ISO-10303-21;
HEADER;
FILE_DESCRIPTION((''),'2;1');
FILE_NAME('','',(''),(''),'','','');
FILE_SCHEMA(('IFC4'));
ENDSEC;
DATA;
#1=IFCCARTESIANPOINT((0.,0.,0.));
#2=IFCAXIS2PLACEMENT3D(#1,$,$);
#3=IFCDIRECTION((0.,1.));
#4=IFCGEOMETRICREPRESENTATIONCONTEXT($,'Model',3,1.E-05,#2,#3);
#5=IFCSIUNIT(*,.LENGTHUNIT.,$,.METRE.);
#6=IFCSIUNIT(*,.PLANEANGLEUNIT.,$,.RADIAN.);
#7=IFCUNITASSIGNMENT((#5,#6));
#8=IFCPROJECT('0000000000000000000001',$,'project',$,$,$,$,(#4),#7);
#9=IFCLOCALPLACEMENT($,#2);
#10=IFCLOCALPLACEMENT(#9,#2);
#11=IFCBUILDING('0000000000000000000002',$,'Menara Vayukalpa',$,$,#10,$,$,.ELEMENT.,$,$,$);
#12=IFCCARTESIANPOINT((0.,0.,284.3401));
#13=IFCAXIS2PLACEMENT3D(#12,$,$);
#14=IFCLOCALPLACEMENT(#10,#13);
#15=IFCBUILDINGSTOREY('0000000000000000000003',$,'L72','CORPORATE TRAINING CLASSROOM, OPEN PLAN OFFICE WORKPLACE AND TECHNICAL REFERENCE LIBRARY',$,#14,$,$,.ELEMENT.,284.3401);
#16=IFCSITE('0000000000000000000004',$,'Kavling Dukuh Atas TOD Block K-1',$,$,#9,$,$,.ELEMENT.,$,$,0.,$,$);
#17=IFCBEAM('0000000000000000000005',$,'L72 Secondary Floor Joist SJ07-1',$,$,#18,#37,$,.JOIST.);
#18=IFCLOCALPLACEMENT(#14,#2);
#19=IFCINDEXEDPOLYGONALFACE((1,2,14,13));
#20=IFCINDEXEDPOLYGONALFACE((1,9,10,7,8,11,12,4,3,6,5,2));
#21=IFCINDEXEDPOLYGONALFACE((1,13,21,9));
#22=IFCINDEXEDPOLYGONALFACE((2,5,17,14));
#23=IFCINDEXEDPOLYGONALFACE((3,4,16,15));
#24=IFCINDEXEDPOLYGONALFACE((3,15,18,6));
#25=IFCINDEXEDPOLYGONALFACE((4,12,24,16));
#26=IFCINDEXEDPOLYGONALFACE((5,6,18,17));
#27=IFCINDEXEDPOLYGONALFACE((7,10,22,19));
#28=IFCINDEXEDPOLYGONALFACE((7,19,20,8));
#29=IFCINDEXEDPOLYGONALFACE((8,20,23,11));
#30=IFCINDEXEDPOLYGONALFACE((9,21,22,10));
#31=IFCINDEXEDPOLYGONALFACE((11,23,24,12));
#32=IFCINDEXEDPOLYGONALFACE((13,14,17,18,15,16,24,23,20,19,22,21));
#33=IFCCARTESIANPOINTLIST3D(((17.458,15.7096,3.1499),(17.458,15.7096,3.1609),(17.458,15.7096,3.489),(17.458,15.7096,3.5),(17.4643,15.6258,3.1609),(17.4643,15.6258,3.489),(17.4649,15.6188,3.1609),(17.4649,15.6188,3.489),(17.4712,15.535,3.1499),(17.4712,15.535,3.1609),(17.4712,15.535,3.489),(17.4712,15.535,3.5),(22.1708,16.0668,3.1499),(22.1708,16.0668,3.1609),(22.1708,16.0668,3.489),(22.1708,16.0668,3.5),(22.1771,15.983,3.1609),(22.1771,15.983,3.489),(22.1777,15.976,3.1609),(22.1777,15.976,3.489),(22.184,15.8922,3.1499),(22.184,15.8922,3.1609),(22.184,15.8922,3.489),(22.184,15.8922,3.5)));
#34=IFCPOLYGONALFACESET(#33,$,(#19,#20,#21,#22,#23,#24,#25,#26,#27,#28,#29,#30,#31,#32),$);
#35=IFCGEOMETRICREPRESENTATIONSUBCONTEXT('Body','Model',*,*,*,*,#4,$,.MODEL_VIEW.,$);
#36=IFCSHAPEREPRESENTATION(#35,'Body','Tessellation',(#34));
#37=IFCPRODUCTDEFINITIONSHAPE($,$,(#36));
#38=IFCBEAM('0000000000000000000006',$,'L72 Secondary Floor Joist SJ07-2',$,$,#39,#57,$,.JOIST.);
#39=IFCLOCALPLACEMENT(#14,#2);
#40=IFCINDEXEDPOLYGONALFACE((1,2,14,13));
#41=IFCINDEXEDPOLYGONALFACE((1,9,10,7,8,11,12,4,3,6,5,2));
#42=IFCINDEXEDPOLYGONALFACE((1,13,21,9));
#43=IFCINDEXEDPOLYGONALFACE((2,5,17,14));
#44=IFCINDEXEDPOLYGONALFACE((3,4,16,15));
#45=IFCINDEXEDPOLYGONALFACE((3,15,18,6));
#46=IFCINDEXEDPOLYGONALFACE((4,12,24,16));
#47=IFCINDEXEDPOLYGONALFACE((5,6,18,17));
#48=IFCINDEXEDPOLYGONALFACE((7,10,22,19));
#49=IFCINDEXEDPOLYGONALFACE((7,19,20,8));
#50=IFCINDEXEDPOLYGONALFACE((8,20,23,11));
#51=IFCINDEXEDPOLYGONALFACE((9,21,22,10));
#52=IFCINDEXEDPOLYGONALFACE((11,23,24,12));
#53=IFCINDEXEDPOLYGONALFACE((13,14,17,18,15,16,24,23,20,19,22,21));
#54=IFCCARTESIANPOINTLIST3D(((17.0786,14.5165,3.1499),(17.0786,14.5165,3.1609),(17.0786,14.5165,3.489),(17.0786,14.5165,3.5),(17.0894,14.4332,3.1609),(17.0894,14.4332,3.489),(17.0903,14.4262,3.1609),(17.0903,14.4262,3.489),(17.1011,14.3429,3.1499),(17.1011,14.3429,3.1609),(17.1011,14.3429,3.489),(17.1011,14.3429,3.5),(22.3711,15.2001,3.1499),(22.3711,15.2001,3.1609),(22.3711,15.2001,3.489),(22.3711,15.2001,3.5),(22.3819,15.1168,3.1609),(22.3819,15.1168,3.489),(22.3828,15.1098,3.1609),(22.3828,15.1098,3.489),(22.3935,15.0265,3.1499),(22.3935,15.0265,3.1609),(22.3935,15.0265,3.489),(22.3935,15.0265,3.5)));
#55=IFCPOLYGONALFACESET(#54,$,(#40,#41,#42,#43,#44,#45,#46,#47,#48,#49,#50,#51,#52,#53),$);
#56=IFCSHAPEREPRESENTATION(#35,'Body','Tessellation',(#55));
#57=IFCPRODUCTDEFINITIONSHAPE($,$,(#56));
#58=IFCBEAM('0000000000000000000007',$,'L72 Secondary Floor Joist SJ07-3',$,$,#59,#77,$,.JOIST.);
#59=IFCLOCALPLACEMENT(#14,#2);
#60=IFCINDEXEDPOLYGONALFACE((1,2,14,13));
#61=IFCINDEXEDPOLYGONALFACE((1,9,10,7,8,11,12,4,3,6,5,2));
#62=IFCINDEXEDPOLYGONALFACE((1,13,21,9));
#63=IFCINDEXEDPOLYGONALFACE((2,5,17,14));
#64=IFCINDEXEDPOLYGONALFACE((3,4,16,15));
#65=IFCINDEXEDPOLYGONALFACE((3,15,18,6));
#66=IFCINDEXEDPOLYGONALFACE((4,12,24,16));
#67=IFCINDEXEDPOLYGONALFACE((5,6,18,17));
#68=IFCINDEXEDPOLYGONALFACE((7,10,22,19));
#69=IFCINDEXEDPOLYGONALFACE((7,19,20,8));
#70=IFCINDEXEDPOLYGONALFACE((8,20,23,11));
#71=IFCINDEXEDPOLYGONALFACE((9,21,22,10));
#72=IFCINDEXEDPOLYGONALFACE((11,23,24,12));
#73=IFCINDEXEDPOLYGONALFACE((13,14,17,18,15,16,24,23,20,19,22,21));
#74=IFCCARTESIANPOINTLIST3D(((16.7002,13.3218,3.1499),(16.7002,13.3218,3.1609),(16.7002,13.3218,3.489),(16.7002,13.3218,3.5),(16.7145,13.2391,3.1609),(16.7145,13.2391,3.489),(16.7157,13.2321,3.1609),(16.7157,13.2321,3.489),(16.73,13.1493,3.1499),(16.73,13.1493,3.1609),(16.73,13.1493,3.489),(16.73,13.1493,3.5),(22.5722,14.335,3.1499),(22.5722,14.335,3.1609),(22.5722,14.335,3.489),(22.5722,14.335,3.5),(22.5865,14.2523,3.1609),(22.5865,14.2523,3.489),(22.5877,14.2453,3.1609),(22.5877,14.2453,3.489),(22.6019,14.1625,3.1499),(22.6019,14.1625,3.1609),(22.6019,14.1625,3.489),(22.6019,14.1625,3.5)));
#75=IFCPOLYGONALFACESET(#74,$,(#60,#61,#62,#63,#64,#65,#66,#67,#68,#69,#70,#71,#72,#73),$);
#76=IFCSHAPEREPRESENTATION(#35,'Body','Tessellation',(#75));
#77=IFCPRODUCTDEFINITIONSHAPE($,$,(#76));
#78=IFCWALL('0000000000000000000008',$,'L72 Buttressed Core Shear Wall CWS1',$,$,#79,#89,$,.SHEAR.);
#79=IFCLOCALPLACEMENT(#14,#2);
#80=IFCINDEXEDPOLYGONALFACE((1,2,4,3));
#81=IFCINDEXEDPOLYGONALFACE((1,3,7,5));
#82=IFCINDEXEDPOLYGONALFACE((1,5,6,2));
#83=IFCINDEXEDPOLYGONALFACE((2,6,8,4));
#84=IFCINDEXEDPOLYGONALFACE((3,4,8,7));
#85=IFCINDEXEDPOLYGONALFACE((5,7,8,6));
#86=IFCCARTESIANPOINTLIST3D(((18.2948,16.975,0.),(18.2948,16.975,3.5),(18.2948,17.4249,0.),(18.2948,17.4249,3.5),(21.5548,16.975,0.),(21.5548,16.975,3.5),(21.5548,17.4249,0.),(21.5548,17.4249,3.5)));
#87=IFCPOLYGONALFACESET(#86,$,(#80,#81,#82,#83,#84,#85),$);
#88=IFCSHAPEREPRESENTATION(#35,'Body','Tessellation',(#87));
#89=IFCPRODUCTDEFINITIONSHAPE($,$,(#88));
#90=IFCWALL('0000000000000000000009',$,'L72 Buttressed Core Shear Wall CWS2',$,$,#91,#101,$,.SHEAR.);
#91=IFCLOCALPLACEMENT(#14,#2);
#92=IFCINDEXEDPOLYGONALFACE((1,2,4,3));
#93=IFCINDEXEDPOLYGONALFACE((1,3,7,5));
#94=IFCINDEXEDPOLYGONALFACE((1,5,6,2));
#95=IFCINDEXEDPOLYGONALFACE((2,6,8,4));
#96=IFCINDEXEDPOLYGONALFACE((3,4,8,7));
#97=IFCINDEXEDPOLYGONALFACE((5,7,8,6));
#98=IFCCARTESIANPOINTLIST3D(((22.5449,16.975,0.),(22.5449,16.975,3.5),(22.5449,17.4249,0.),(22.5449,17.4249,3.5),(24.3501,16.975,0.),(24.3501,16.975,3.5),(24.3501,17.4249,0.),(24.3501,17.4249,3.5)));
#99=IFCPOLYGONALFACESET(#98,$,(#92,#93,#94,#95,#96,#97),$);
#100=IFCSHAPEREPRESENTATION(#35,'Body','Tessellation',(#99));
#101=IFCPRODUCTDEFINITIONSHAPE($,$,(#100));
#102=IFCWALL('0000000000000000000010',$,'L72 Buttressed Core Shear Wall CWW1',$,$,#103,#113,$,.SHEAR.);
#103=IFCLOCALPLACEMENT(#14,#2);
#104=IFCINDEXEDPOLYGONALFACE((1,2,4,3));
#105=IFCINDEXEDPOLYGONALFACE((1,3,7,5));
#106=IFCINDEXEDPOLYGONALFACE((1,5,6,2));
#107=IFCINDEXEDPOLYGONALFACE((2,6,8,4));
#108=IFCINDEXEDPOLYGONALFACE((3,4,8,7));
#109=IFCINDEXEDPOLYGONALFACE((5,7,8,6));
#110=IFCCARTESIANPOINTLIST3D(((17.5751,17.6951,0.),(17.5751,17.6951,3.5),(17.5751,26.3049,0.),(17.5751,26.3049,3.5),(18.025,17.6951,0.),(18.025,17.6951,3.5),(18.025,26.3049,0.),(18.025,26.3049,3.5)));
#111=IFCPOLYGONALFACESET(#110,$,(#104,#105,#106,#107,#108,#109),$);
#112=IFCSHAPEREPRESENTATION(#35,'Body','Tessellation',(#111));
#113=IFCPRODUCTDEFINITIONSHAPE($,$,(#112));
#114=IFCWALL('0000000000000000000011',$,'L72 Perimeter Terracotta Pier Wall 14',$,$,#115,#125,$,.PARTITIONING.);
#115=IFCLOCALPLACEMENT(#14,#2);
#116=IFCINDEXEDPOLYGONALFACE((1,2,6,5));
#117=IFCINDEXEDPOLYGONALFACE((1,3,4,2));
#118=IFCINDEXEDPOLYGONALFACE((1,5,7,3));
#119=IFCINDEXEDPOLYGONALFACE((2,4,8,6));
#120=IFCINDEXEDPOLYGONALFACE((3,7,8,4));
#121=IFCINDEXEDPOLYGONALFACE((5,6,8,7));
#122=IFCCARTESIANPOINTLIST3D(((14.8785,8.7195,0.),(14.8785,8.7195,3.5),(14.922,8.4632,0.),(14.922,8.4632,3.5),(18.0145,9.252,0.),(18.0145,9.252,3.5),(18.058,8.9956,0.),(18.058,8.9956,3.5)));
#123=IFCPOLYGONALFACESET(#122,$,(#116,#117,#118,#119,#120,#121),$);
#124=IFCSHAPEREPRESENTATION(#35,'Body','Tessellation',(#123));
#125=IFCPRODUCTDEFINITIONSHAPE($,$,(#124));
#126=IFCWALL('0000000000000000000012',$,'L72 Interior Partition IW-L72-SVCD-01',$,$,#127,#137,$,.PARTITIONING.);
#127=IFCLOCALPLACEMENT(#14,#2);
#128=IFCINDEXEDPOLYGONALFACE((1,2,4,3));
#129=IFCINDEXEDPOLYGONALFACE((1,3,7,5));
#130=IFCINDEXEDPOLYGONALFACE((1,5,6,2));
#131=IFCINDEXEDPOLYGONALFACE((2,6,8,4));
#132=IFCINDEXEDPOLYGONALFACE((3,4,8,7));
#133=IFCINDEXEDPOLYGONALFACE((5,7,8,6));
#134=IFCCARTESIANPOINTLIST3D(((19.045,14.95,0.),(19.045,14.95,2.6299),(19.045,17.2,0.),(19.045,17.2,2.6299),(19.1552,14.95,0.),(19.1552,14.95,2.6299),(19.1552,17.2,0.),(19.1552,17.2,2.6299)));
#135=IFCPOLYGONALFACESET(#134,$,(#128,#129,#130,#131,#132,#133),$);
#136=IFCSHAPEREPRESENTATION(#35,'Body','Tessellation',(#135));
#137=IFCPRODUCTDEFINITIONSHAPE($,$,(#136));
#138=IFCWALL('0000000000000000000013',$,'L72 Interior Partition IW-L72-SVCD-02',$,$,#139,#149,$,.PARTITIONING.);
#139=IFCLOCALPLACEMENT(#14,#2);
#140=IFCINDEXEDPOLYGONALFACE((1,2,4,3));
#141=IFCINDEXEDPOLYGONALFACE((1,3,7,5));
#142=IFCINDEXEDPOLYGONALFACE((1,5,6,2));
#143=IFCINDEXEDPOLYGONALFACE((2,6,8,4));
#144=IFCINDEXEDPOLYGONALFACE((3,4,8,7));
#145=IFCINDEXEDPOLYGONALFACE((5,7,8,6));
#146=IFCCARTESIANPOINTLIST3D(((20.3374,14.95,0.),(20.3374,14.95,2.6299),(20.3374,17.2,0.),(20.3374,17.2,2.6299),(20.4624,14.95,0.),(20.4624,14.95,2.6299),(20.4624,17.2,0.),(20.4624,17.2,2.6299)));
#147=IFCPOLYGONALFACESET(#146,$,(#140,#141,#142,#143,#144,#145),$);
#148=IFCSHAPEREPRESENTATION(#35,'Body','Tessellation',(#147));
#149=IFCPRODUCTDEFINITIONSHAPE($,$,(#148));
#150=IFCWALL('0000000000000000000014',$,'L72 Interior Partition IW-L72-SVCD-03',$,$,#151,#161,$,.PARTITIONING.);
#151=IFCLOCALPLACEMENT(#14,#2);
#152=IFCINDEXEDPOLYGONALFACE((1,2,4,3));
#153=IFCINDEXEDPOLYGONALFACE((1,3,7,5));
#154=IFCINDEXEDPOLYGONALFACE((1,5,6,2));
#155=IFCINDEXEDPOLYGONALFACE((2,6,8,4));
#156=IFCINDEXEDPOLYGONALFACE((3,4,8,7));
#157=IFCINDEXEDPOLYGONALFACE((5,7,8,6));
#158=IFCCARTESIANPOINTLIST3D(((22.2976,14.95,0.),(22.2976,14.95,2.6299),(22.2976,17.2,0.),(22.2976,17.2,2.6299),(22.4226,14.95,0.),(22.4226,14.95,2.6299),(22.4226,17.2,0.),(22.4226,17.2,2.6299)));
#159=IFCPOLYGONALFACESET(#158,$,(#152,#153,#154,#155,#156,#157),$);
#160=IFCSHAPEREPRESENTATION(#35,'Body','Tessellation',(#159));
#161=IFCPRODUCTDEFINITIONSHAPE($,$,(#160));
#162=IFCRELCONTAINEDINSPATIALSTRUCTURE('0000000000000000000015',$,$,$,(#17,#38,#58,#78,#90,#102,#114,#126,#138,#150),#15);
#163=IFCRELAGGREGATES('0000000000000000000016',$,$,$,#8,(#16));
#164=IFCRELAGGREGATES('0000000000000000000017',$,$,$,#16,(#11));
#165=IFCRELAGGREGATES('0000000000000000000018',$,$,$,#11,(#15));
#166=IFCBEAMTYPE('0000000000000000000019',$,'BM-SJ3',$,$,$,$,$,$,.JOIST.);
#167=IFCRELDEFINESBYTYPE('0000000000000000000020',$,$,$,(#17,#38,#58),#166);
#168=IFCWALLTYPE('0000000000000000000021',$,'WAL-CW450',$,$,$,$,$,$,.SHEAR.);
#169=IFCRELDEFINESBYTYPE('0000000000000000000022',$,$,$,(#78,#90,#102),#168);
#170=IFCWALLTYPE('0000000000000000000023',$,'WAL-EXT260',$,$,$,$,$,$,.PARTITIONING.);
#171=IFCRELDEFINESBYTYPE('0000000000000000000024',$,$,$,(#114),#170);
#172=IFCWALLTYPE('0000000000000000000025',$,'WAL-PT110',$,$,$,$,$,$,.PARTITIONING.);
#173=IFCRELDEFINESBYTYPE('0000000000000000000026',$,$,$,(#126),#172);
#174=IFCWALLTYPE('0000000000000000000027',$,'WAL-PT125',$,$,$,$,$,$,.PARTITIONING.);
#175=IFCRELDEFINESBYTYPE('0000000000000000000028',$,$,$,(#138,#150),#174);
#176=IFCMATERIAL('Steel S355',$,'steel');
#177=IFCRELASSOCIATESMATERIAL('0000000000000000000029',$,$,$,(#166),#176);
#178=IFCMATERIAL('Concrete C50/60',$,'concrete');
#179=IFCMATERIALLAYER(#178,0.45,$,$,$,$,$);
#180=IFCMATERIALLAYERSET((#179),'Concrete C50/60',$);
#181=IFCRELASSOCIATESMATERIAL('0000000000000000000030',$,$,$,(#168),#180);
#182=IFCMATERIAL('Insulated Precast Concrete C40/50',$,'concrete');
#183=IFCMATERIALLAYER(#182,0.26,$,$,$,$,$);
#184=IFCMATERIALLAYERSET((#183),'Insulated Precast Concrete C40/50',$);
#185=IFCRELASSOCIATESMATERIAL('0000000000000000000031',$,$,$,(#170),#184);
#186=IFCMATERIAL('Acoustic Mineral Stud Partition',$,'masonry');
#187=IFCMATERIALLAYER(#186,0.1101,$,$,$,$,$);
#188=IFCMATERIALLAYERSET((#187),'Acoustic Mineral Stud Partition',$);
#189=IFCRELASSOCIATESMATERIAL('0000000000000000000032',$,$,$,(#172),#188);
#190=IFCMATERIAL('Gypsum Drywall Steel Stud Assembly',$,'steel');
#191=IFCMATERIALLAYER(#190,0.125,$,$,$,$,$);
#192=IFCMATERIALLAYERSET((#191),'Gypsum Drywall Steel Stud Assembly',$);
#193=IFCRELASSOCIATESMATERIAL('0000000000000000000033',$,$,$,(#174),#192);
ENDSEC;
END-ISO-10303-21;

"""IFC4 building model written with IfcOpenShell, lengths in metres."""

from ifc_helpers import new_model, si_unit, direction, frame, frame_2d, origin, origin_2d, place, context, subcontext, project, spatial, rectangle, i_section, extrude, material, layer, layer_set, material_profile, profile_set, type_object, element, save


model = new_model("IFC4")

# Units and contexts
model_context = context("Model", 3, precision=1e-05, world=origin(), true_north=direction((0.0, 1.0)))
body_context = subcontext(model_context, "Body", "Model", "MODEL_VIEW")
ifc_project = project(units=[si_unit("LENGTHUNIT", "METRE"), si_unit("PLANEANGLEUNIT", "RADIAN")], contexts=[model_context])

# Site, building, storey
site_placement = place(None, origin())
site = spatial("IfcSite", under=ifc_project, at=site_placement, Name="Kavling Dukuh Atas TOD Block K-1", CompositionType="ELEMENT", RefElevation=0.0)
building_placement = place(site_placement, origin())
building = spatial("IfcBuilding", under=site, at=building_placement, Name="Menara Vayukalpa", CompositionType="ELEMENT")
storey_placement = place(building_placement, frame((0.0, 0.0, 284.3401)))
storey = spatial("IfcBuildingStorey", under=building, at=storey_placement, Name="L72", Description="CORPORATE TRAINING CLASSROOM, OPEN PLAN OFFICE WORKPLACE AND TECHNICAL REFERENCE LIBRARY", CompositionType="ELEMENT", Elevation=284.3401)

# Beams
ifc_material_1 = material(Name="Steel S355", Category="steel")
ifc_material_profile_1 = material_profile(ifc_material_1, i_section(OverallWidth=0.175, OverallDepth=0.3501, WebThickness=0.0071, FlangeThickness=0.011, at=origin_2d()), Name="WF 350x175x7x11")
ifc_profile_set_1 = profile_set([ifc_material_profile_1], Name="Steel S355")
beam_type_1 = type_object("IfcBeamType", Name="BM-SJ3", PredefinedType="JOIST", material=ifc_profile_set_1)
beam_1_placement = place(storey_placement, frame((17.4646, 15.6223, 3.325), z_axis=(0.99714, 0.075571, 0.0), x_axis=(-0.075571, 0.99714, 0.0)))
element("IfcBeam", 1, at=beam_1_placement, inside=storey, type_object=beam_type_1, Name="L72 Secondary Floor Joist SJ07-1", PredefinedType="JOIST", context=body_context, shape_type="SweptSolid", body=[
    extrude(i_section(OverallWidth=0.175, OverallDepth=0.3501, WebThickness=0.0071, FlangeThickness=0.011, at=origin_2d()), origin(), (0.0, 0.0, 1.0), 4.7263),
])
beam_2_placement = place(storey_placement, frame((17.0898, 14.4297, 3.325), z_axis=(0.991761, 0.128099, 0.0), x_axis=(-0.128099, 0.991761, 0.0)))
element("IfcBeam", 2, at=beam_2_placement, inside=storey, type_object=beam_type_1, Name="L72 Secondary Floor Joist SJ07-2", PredefinedType="JOIST", context=body_context, shape_type="SweptSolid", body=[
    extrude(i_section(OverallWidth=0.175, OverallDepth=0.3501, WebThickness=0.0071, FlangeThickness=0.011, at=origin_2d()), origin(), (0.0, 0.0, 1.0), 5.3364),
])
beam_3_placement = place(storey_placement, frame((16.7151, 13.2356, 3.325), z_axis=(0.985439, 0.17003, 0.0), x_axis=(-0.17003, 0.985439, 0.0)))
element("IfcBeam", 3, at=beam_3_placement, inside=storey, type_object=beam_type_1, Name="L72 Secondary Floor Joist SJ07-3", PredefinedType="JOIST", context=body_context, shape_type="SweptSolid", body=[
    extrude(i_section(OverallWidth=0.175, OverallDepth=0.3501, WebThickness=0.0071, FlangeThickness=0.011, at=origin_2d()), origin(), (0.0, 0.0, 1.0), 5.9587),
])

# Walls
ifc_material_2 = material(Name="Concrete C50/60", Category="concrete")
ifc_layer_1 = layer(ifc_material_2, 0.45)
ifc_layer_set_1 = layer_set([ifc_layer_1], Name="Concrete C50/60")
wall_type_1 = type_object("IfcWallType", Name="WAL-CW450", PredefinedType="SHEAR", material=ifc_layer_set_1)
wall_1_placement = place(storey_placement, frame((18.2949, 17.2, 0.0), z_axis=(0.0, 0.0, 1.0), x_axis=(1.0, 0.0, 0.0)))
element("IfcWall", 4, at=wall_1_placement, inside=storey, type_object=wall_type_1, Name="L72 Buttressed Core Shear Wall CWS1", PredefinedType="SHEAR", context=body_context, shape_type="SweptSolid", body=[
    extrude(rectangle(XDim=3.26, YDim=0.45, at=frame_2d((1.6299, 0.0))), origin(), (0.0, 0.0, 1.0), 3.5),
])
wall_2_placement = place(storey_placement, frame((22.5449, 17.2, 0.0), z_axis=(0.0, 0.0, 1.0), x_axis=(1.0, 0.0, 0.0)))
element("IfcWall", 5, at=wall_2_placement, inside=storey, type_object=wall_type_1, Name="L72 Buttressed Core Shear Wall CWS2", PredefinedType="SHEAR", context=body_context, shape_type="SweptSolid", body=[
    extrude(rectangle(XDim=1.8052, YDim=0.45, at=frame_2d((0.9026, 0.0))), origin(), (0.0, 0.0, 1.0), 3.5),
])
wall_3_placement = place(storey_placement, frame((17.8, 17.6951, 0.0), z_axis=(0.0, 0.0, 1.0), x_axis=(0.0, 1.0, 0.0)))
element("IfcWall", 6, at=wall_3_placement, inside=storey, type_object=wall_type_1, Name="L72 Buttressed Core Shear Wall CWW1", PredefinedType="SHEAR", context=body_context, shape_type="SweptSolid", body=[
    extrude(rectangle(XDim=8.6099, YDim=0.45, at=frame_2d((4.3049, 0.0))), origin(), (0.0, 0.0, 1.0), 3.5),
])
ifc_material_3 = material(Name="Insulated Precast Concrete C40/50", Category="concrete")
ifc_layer_2 = layer(ifc_material_3, 0.26)
ifc_layer_set_2 = layer_set([ifc_layer_2], Name="Insulated Precast Concrete C40/50")
wall_type_2 = type_object("IfcWallType", Name="WAL-EXT260", PredefinedType="PARTITIONING", material=ifc_layer_set_2)
wall_4_placement = place(storey_placement, frame((18.0361, 9.1238, 0.0), z_axis=(0.0, 0.0, 1.0), x_axis=(-0.985889, -0.167398, 0.0)))
element("IfcWall", 7, at=wall_4_placement, inside=storey, type_object=wall_type_2, Name="L72 Perimeter Terracotta Pier Wall 14", PredefinedType="PARTITIONING", context=body_context, shape_type="SweptSolid", body=[
    extrude(rectangle(XDim=3.1809, YDim=0.26, at=frame_2d((1.5903, 0.0))), origin(), (0.0, 0.0, 1.0), 3.5),
])
ifc_material_4 = material(Name="Acoustic Mineral Stud Partition", Category="masonry")
ifc_layer_3 = layer(ifc_material_4, 0.1101)
ifc_layer_set_3 = layer_set([ifc_layer_3], Name="Acoustic Mineral Stud Partition")
wall_type_3 = type_object("IfcWallType", Name="WAL-PT110", PredefinedType="PARTITIONING", material=ifc_layer_set_3)
wall_5_placement = place(storey_placement, frame((19.1001, 14.95, 0.0), z_axis=(0.0, 0.0, 1.0), x_axis=(0.0, 1.0, 0.0)))
element("IfcWall", 8, at=wall_5_placement, inside=storey, type_object=wall_type_3, Name="L72 Interior Partition IW-L72-SVCD-01", PredefinedType="PARTITIONING", context=body_context, shape_type="SweptSolid", body=[
    extrude(rectangle(XDim=2.25, YDim=0.1101, at=frame_2d((1.125, 0.0))), origin(), (0.0, 0.0, 1.0), 2.6299),
])
ifc_material_5 = material(Name="Gypsum Drywall Steel Stud Assembly", Category="steel")
ifc_layer_4 = layer(ifc_material_5, 0.125)
ifc_layer_set_4 = layer_set([ifc_layer_4], Name="Gypsum Drywall Steel Stud Assembly")
wall_type_4 = type_object("IfcWallType", Name="WAL-PT125", PredefinedType="PARTITIONING", material=ifc_layer_set_4)
for number, where, z_axis, x_axis, name in (
    (9, (20.3999, 14.95, 0.0), (0.0, 0.0, 1.0), (0.0, 1.0, 0.0), "L72 Interior Partition IW-L72-SVCD-02"),
    (10, (22.3601, 14.95, 0.0), (0.0, 0.0, 1.0), (0.0, 1.0, 0.0), "L72 Interior Partition IW-L72-SVCD-03"),
):
    element("IfcWall", number, at=place(storey_placement, frame(where, z_axis=z_axis, x_axis=x_axis)), inside=storey, type_object=wall_type_4, Name=name, PredefinedType="PARTITIONING", context=body_context, shape_type="SweptSolid", body=[
        extrude(rectangle(XDim=2.25, YDim=0.125, at=frame_2d((1.125, 0.0))), origin(), (0.0, 0.0, 1.0), 2.6299),
    ])

save(model, "model.ifc")
